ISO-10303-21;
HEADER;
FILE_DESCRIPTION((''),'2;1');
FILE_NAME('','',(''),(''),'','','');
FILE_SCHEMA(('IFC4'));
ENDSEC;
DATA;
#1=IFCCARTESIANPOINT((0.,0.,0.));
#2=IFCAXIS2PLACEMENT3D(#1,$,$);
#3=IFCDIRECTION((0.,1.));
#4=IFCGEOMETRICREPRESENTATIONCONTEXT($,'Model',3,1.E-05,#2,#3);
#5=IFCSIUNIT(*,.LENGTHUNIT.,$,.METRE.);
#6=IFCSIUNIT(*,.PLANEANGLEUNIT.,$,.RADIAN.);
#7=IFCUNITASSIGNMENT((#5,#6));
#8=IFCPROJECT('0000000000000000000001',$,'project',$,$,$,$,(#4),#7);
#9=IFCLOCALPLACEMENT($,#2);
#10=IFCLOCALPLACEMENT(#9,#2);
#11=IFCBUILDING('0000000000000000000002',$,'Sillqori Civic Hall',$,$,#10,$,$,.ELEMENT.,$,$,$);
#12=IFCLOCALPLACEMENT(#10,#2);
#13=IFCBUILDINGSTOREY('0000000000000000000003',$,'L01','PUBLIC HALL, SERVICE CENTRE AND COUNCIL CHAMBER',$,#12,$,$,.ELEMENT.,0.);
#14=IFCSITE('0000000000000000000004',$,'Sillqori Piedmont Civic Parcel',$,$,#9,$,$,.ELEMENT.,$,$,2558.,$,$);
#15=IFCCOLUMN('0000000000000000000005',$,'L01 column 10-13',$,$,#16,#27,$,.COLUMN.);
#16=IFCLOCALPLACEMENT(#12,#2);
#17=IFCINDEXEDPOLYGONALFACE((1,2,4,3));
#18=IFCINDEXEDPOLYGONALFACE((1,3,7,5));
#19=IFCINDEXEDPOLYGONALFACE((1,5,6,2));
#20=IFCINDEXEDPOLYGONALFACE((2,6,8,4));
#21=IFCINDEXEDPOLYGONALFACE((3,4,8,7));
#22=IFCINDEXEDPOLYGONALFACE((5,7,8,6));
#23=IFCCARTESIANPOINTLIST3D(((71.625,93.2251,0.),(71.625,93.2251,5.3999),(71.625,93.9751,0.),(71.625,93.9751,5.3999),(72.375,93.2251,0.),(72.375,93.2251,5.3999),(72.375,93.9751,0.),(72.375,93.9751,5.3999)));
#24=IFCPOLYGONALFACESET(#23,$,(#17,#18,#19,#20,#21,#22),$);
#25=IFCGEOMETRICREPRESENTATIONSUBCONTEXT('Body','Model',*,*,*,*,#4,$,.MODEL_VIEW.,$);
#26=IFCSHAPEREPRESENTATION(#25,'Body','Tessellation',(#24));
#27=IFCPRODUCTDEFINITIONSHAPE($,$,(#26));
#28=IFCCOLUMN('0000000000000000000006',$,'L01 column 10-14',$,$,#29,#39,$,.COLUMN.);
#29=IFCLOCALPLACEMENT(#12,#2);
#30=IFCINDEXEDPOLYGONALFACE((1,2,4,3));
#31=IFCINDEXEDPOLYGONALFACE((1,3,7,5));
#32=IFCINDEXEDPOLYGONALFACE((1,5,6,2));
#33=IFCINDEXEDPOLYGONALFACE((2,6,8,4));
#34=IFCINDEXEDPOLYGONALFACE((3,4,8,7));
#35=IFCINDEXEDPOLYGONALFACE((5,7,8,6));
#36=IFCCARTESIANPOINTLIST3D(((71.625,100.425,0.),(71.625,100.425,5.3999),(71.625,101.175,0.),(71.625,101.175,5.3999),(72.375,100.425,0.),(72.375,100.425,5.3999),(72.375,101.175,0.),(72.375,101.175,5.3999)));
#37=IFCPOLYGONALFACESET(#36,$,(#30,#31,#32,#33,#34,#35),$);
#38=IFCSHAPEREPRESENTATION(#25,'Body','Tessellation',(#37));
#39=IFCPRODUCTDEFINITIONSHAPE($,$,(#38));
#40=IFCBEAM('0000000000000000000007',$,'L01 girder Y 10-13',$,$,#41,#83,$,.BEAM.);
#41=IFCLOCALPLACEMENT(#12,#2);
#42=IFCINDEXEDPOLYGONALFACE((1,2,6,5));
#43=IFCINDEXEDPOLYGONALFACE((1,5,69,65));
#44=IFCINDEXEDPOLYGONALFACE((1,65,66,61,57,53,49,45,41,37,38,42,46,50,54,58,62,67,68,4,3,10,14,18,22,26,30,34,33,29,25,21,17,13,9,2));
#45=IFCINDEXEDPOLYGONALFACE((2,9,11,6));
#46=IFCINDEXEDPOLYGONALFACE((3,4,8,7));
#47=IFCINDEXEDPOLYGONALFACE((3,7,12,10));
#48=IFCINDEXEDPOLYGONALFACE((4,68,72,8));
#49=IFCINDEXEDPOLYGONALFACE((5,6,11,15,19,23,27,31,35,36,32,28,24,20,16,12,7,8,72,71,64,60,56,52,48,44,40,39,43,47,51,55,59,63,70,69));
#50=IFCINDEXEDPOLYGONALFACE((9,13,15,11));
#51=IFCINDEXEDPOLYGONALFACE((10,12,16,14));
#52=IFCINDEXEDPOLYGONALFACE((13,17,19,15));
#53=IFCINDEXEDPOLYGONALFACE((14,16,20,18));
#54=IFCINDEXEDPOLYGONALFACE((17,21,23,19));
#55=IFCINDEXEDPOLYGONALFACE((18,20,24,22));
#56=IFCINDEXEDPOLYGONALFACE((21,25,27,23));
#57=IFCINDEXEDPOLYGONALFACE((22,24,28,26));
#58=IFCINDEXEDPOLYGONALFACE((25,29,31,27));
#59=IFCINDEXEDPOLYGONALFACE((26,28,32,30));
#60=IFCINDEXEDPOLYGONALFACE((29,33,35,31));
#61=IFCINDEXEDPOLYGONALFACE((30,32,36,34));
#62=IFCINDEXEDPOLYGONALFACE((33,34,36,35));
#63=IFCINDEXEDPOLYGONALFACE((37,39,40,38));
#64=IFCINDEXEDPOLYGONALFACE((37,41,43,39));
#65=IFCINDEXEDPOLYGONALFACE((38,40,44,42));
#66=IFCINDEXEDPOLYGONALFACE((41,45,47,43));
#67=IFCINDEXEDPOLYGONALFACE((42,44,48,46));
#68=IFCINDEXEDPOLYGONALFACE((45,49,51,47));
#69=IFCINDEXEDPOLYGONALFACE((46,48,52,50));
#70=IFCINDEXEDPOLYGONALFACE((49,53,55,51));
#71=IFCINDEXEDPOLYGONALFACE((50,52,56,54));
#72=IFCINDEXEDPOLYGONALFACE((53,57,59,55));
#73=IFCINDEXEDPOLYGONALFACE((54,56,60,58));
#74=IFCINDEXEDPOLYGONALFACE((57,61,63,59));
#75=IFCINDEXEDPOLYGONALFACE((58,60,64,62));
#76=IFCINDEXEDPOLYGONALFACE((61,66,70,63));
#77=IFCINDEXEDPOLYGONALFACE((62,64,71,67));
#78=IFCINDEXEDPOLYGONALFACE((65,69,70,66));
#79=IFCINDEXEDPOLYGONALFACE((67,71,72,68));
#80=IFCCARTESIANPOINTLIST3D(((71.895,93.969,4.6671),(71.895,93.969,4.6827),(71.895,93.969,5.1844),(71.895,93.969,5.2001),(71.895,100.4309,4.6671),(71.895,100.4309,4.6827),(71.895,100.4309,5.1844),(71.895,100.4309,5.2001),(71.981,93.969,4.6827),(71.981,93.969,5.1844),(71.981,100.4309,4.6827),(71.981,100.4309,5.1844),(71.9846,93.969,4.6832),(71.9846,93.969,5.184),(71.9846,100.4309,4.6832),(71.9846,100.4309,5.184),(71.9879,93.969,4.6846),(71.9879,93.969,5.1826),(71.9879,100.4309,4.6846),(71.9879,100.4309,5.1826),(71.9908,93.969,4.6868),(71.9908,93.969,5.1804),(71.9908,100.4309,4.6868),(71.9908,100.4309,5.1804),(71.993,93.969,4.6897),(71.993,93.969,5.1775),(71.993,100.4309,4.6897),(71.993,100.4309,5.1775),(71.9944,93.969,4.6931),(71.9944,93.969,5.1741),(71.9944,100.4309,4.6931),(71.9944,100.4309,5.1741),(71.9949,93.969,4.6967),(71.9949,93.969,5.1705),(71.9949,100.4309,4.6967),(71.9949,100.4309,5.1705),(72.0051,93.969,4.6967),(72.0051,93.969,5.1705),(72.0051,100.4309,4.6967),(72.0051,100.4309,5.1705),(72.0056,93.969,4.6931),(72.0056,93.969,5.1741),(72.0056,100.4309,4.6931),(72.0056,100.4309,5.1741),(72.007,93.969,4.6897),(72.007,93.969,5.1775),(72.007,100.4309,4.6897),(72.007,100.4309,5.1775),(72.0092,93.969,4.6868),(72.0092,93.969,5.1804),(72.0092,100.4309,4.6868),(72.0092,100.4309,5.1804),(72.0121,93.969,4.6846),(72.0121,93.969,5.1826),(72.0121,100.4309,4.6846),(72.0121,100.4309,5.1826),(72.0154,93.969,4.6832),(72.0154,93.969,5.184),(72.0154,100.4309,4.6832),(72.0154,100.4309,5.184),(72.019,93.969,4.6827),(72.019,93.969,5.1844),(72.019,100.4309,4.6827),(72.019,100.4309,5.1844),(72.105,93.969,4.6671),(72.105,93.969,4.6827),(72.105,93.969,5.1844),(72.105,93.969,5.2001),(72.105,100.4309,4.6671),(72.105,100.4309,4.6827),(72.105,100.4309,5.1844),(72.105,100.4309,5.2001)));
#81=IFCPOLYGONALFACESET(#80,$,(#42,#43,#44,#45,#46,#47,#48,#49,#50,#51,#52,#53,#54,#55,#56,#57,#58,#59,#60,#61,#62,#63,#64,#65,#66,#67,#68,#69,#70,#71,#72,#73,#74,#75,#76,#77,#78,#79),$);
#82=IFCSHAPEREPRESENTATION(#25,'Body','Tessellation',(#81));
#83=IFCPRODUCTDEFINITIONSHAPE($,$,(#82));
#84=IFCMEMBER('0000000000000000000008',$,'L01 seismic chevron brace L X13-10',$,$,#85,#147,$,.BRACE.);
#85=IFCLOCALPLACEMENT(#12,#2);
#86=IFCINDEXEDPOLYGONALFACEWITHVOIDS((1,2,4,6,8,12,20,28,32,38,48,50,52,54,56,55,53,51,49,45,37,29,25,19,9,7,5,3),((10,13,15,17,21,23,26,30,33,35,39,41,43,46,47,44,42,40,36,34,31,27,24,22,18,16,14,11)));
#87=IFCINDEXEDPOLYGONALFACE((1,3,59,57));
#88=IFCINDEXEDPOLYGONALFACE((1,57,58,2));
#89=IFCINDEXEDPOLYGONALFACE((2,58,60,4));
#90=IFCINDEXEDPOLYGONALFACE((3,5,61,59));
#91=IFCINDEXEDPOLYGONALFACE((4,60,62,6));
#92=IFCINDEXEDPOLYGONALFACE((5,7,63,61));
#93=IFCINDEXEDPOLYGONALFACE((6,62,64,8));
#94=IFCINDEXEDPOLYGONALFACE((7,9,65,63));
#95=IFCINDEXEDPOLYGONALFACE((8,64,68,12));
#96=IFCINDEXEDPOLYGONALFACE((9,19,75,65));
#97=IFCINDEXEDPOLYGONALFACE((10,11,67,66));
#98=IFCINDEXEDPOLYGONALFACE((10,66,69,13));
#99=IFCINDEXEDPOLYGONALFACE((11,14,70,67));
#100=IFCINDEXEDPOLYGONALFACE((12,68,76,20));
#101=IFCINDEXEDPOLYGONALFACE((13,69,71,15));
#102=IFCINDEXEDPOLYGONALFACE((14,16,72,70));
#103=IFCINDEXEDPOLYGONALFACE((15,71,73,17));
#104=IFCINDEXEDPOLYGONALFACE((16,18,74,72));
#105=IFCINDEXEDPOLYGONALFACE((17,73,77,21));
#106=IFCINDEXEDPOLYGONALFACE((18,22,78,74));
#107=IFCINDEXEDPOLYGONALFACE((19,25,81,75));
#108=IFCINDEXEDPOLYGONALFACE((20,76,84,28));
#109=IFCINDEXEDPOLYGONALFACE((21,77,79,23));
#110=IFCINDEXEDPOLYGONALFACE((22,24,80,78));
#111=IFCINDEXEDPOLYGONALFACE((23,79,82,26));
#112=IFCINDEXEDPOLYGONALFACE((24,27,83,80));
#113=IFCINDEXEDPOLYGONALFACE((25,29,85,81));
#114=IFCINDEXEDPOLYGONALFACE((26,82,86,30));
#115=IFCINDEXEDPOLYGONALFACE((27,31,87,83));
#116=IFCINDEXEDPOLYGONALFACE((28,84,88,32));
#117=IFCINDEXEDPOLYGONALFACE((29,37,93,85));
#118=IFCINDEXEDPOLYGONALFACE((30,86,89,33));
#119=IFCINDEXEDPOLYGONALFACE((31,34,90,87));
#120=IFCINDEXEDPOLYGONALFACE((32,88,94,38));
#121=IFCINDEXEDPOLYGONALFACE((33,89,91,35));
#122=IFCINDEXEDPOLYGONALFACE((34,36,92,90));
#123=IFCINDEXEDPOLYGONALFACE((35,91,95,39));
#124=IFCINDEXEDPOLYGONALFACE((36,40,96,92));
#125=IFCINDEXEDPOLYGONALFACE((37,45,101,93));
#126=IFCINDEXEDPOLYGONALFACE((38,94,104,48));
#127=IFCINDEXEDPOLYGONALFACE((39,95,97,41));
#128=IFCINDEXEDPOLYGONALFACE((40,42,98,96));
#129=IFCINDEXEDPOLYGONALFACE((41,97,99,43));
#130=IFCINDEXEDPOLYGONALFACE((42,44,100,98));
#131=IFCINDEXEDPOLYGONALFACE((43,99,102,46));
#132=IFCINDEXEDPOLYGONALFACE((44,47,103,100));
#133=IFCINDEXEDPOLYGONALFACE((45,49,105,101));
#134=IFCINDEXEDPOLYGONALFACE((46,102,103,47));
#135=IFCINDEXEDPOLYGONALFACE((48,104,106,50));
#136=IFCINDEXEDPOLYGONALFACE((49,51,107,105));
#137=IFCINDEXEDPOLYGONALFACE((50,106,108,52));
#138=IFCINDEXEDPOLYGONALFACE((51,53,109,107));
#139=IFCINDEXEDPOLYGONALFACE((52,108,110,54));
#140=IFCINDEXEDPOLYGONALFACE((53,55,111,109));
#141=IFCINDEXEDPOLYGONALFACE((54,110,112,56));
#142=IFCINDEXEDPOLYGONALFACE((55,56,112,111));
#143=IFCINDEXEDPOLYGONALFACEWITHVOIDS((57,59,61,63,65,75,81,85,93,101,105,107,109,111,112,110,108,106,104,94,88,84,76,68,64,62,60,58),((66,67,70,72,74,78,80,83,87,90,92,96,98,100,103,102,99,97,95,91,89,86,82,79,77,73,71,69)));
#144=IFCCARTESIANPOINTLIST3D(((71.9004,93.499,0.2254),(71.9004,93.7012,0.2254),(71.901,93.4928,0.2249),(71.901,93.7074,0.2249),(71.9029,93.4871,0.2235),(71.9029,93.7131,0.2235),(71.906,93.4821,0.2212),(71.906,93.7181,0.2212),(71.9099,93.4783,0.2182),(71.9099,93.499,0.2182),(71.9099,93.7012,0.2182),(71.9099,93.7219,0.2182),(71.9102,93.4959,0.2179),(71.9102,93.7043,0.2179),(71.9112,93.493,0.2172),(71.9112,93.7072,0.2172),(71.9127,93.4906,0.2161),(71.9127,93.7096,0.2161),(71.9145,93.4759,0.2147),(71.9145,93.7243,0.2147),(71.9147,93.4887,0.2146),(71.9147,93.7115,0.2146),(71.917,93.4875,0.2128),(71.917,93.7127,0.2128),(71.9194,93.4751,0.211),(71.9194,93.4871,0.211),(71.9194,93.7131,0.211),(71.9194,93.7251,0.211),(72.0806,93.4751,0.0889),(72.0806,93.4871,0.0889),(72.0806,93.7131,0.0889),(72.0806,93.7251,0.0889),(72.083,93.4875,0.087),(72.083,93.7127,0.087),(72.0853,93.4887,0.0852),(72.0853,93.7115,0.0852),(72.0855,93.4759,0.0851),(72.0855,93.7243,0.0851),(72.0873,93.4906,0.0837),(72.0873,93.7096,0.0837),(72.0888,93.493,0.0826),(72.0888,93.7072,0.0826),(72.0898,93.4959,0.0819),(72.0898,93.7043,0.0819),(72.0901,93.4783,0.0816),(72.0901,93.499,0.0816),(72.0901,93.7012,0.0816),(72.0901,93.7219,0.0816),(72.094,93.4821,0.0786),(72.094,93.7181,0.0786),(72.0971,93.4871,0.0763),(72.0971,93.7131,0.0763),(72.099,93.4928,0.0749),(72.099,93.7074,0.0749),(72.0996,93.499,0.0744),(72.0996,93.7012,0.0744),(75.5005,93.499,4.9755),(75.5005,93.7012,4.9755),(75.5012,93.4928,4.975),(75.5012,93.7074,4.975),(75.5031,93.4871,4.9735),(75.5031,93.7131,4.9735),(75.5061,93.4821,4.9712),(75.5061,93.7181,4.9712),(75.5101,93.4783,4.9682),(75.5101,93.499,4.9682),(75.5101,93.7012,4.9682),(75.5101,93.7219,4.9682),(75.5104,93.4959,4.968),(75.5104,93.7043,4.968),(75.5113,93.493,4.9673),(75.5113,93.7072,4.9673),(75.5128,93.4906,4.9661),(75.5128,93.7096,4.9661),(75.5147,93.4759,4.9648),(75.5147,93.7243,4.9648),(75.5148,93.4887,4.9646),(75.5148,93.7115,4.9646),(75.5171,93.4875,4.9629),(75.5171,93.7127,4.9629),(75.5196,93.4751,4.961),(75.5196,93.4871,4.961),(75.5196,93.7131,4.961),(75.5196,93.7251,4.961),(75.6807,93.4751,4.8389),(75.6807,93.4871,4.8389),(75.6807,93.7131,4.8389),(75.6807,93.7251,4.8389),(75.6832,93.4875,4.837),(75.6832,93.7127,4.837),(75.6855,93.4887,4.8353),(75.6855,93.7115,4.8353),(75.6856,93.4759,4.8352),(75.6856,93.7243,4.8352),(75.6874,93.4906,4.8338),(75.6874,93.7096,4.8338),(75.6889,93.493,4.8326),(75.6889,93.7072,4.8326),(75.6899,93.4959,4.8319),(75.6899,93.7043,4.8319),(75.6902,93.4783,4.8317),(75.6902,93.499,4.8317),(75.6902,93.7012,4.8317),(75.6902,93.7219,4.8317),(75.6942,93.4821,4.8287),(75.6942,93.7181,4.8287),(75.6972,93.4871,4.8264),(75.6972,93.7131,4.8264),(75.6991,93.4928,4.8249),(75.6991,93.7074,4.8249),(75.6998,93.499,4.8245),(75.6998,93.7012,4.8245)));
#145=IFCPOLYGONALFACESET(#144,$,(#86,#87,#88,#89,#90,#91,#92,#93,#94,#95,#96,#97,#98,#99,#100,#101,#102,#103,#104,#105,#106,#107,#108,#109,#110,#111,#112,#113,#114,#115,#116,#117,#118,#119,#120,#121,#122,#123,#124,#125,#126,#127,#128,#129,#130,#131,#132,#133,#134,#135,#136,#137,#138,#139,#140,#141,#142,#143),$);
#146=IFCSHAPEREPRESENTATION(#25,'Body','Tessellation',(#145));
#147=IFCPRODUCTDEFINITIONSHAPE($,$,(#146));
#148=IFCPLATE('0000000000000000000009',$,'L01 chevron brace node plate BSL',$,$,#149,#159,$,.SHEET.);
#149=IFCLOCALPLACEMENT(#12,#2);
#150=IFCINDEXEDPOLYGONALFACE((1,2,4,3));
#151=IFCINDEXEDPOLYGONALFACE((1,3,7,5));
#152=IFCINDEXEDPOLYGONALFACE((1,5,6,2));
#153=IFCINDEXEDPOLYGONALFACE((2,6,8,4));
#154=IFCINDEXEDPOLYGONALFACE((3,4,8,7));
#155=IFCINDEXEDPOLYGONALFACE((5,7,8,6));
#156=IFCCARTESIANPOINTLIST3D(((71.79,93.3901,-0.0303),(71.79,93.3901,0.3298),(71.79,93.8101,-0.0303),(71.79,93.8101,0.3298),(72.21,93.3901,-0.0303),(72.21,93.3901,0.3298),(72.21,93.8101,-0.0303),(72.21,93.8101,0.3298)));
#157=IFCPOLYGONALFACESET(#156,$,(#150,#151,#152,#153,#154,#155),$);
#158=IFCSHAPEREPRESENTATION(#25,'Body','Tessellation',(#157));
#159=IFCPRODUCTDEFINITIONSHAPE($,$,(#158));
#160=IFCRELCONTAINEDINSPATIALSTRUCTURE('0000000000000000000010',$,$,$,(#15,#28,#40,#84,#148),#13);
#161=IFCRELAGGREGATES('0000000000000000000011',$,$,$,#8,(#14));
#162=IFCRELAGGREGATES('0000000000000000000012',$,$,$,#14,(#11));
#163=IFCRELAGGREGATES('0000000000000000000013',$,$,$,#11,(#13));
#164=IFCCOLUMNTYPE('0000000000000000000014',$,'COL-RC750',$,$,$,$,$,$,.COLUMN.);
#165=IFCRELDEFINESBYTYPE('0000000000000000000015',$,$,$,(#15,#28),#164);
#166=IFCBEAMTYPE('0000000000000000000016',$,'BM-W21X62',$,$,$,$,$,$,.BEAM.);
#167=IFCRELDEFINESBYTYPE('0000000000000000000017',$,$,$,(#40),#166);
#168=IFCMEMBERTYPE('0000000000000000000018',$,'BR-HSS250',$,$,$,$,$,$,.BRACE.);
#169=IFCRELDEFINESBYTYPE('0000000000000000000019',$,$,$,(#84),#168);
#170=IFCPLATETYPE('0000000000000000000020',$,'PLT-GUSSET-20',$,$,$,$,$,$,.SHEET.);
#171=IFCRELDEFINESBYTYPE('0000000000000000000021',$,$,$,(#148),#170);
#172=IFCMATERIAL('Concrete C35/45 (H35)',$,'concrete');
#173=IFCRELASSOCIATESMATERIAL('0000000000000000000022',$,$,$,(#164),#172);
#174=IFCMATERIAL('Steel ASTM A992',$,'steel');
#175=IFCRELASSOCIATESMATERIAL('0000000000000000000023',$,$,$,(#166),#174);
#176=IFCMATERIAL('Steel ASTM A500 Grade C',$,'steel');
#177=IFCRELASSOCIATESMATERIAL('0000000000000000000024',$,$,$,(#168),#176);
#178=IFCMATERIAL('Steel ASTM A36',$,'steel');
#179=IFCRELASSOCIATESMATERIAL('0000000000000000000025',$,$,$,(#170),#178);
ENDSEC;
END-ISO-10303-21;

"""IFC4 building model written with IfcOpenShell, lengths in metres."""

from ifc_helpers import new_model, si_unit, direction, frame, origin, origin_2d, place, context, subcontext, project, spatial, rectangle, hollow_rectangle, i_section, extrude, material, material_profile, profile_set, type_object, element, save


model = new_model("IFC4")

# Units and contexts
model_context = context("Model", 3, precision=1e-05, world=origin(), true_north=direction((0.0, 1.0)))
body_context = subcontext(model_context, "Body", "Model", "MODEL_VIEW")
ifc_project = project(units=[si_unit("LENGTHUNIT", "METRE"), si_unit("PLANEANGLEUNIT", "RADIAN")], contexts=[model_context])

# Site, building, storey
site_placement = place(None, origin())
site = spatial("IfcSite", under=ifc_project, at=site_placement, Name="Sillqori Piedmont Civic Parcel", CompositionType="ELEMENT", RefElevation=2558.0)
building_placement = place(site_placement, origin())
building = spatial("IfcBuilding", under=site, at=building_placement, Name="Sillqori Civic Hall", CompositionType="ELEMENT")
storey_placement = place(building_placement, origin())
storey = spatial("IfcBuildingStorey", under=building, at=storey_placement, Name="L01", Description="PUBLIC HALL, SERVICE CENTRE AND COUNCIL CHAMBER", CompositionType="ELEMENT", Elevation=0.0)

# Columns
ifc_material_1 = material(Name="Concrete C35/45 (H35)", Category="concrete")
ifc_material_profile_1 = material_profile(ifc_material_1, rectangle(XDim=0.75, YDim=0.75, at=origin_2d()), Name="RC 750x750")
ifc_profile_set_1 = profile_set([ifc_material_profile_1], Name="Concrete C35/45 (H35)")
column_type = type_object("IfcColumnType", Name="COL-RC750", PredefinedType="COLUMN", material=ifc_profile_set_1)
for number, where, z_axis, x_axis, name in (
    (1, (72.0, 93.6001, 0.0), (0.0, 0.0, 1.0), (1.0, 0.0, 0.0), "L01 column 10-13"),
    (2, (72.0, 100.8, 0.0), (0.0, 0.0, 1.0), (1.0, 0.0, 0.0), "L01 column 10-14"),
):
    element("IfcColumn", number, at=place(storey_placement, frame(where, z_axis=z_axis, x_axis=x_axis)), inside=storey, type_object=column_type, Name=name, PredefinedType="COLUMN", context=body_context, shape_type="SweptSolid", body=[
        extrude(rectangle(XDim=0.75, YDim=0.75, at=origin_2d()), origin(), (0.0, 0.0, 1.0), 5.3999),
    ])

# Beam
ifc_material_2 = material(Name="Steel ASTM A992", Category="steel")
ifc_material_profile_2 = material_profile(ifc_material_2, i_section(OverallWidth=0.21, OverallDepth=0.533, WebThickness=0.0103, FlangeThickness=0.0156, FilletRadius=0.0139, at=origin_2d()), Name="W21X62")
ifc_profile_set_2 = profile_set([ifc_material_profile_2], Name="Steel ASTM A992")
beam_type = type_object("IfcBeamType", Name="BM-W21X62", PredefinedType="BEAM", material=ifc_profile_set_2)
beam_placement = place(storey_placement, frame((72.0, 93.969, 4.9336), z_axis=(0.0, 1.0, 0.0), x_axis=(-1.0, 0.0, 0.0)))
element("IfcBeam", 3, at=beam_placement, inside=storey, type_object=beam_type, Name="L01 girder Y 10-13", PredefinedType="BEAM", context=body_context, shape_type="SweptSolid", body=[
    extrude(i_section(OverallWidth=0.21, OverallDepth=0.533, WebThickness=0.0103, FlangeThickness=0.0156, FilletRadius=0.0139, at=origin_2d()), origin(), (0.0, 0.0, 1.0), 6.4619),
])

# Member
ifc_material_3 = material(Name="Steel ASTM A500 Grade C", Category="steel")
ifc_material_profile_3 = material_profile(ifc_material_3, hollow_rectangle(XDim=0.25, YDim=0.25, WallThickness=0.012, InnerFilletRadius=0.012, OuterFilletRadius=0.0239, at=origin_2d()), Name="HSS250X250X12")
ifc_profile_set_3 = profile_set([ifc_material_profile_3], Name="Steel ASTM A500 Grade C")
member_type_1 = type_object("IfcMemberType", Name="BR-HSS250", PredefinedType="BRACE", material=ifc_profile_set_3)
member_1_placement = place(storey_placement, frame((72.0, 93.6001, 0.1499), z_axis=(0.60403, 0.0, 0.796962), x_axis=(0.0, 1.0, 0.0)))
element("IfcMember", 4, at=member_1_placement, inside=storey, type_object=member_type_1, Name="L01 seismic chevron brace L X13-10", PredefinedType="BRACE", context=body_context, shape_type="SweptSolid", body=[
    extrude(hollow_rectangle(XDim=0.25, YDim=0.25, WallThickness=0.012, InnerFilletRadius=0.012, OuterFilletRadius=0.0239, at=origin_2d()), origin(), (0.0, 0.0, 1.0), 5.9602),
])

# Plate
ifc_material_4 = material(Name="Steel ASTM A36", Category="steel")
plate_type_1 = type_object("IfcPlateType", Name="PLT-GUSSET-20", PredefinedType="SHEET", material=ifc_material_4)
plate_1_placement = place(storey_placement, frame((72.0, 93.6001, -0.0303), z_axis=(0.0, 0.0, 1.0), x_axis=(1.0, 0.0, 0.0)))
element("IfcPlate", 5, at=plate_1_placement, inside=storey, type_object=plate_type_1, Name="L01 chevron brace node plate BSL", PredefinedType="SHEET", context=body_context, shape_type="SweptSolid", body=[
    extrude(rectangle(XDim=0.4199, YDim=0.4199, at=origin_2d()), origin(), (0.0, 0.0, 1.0), 0.3601),
])

save(model, "model.ifc")
